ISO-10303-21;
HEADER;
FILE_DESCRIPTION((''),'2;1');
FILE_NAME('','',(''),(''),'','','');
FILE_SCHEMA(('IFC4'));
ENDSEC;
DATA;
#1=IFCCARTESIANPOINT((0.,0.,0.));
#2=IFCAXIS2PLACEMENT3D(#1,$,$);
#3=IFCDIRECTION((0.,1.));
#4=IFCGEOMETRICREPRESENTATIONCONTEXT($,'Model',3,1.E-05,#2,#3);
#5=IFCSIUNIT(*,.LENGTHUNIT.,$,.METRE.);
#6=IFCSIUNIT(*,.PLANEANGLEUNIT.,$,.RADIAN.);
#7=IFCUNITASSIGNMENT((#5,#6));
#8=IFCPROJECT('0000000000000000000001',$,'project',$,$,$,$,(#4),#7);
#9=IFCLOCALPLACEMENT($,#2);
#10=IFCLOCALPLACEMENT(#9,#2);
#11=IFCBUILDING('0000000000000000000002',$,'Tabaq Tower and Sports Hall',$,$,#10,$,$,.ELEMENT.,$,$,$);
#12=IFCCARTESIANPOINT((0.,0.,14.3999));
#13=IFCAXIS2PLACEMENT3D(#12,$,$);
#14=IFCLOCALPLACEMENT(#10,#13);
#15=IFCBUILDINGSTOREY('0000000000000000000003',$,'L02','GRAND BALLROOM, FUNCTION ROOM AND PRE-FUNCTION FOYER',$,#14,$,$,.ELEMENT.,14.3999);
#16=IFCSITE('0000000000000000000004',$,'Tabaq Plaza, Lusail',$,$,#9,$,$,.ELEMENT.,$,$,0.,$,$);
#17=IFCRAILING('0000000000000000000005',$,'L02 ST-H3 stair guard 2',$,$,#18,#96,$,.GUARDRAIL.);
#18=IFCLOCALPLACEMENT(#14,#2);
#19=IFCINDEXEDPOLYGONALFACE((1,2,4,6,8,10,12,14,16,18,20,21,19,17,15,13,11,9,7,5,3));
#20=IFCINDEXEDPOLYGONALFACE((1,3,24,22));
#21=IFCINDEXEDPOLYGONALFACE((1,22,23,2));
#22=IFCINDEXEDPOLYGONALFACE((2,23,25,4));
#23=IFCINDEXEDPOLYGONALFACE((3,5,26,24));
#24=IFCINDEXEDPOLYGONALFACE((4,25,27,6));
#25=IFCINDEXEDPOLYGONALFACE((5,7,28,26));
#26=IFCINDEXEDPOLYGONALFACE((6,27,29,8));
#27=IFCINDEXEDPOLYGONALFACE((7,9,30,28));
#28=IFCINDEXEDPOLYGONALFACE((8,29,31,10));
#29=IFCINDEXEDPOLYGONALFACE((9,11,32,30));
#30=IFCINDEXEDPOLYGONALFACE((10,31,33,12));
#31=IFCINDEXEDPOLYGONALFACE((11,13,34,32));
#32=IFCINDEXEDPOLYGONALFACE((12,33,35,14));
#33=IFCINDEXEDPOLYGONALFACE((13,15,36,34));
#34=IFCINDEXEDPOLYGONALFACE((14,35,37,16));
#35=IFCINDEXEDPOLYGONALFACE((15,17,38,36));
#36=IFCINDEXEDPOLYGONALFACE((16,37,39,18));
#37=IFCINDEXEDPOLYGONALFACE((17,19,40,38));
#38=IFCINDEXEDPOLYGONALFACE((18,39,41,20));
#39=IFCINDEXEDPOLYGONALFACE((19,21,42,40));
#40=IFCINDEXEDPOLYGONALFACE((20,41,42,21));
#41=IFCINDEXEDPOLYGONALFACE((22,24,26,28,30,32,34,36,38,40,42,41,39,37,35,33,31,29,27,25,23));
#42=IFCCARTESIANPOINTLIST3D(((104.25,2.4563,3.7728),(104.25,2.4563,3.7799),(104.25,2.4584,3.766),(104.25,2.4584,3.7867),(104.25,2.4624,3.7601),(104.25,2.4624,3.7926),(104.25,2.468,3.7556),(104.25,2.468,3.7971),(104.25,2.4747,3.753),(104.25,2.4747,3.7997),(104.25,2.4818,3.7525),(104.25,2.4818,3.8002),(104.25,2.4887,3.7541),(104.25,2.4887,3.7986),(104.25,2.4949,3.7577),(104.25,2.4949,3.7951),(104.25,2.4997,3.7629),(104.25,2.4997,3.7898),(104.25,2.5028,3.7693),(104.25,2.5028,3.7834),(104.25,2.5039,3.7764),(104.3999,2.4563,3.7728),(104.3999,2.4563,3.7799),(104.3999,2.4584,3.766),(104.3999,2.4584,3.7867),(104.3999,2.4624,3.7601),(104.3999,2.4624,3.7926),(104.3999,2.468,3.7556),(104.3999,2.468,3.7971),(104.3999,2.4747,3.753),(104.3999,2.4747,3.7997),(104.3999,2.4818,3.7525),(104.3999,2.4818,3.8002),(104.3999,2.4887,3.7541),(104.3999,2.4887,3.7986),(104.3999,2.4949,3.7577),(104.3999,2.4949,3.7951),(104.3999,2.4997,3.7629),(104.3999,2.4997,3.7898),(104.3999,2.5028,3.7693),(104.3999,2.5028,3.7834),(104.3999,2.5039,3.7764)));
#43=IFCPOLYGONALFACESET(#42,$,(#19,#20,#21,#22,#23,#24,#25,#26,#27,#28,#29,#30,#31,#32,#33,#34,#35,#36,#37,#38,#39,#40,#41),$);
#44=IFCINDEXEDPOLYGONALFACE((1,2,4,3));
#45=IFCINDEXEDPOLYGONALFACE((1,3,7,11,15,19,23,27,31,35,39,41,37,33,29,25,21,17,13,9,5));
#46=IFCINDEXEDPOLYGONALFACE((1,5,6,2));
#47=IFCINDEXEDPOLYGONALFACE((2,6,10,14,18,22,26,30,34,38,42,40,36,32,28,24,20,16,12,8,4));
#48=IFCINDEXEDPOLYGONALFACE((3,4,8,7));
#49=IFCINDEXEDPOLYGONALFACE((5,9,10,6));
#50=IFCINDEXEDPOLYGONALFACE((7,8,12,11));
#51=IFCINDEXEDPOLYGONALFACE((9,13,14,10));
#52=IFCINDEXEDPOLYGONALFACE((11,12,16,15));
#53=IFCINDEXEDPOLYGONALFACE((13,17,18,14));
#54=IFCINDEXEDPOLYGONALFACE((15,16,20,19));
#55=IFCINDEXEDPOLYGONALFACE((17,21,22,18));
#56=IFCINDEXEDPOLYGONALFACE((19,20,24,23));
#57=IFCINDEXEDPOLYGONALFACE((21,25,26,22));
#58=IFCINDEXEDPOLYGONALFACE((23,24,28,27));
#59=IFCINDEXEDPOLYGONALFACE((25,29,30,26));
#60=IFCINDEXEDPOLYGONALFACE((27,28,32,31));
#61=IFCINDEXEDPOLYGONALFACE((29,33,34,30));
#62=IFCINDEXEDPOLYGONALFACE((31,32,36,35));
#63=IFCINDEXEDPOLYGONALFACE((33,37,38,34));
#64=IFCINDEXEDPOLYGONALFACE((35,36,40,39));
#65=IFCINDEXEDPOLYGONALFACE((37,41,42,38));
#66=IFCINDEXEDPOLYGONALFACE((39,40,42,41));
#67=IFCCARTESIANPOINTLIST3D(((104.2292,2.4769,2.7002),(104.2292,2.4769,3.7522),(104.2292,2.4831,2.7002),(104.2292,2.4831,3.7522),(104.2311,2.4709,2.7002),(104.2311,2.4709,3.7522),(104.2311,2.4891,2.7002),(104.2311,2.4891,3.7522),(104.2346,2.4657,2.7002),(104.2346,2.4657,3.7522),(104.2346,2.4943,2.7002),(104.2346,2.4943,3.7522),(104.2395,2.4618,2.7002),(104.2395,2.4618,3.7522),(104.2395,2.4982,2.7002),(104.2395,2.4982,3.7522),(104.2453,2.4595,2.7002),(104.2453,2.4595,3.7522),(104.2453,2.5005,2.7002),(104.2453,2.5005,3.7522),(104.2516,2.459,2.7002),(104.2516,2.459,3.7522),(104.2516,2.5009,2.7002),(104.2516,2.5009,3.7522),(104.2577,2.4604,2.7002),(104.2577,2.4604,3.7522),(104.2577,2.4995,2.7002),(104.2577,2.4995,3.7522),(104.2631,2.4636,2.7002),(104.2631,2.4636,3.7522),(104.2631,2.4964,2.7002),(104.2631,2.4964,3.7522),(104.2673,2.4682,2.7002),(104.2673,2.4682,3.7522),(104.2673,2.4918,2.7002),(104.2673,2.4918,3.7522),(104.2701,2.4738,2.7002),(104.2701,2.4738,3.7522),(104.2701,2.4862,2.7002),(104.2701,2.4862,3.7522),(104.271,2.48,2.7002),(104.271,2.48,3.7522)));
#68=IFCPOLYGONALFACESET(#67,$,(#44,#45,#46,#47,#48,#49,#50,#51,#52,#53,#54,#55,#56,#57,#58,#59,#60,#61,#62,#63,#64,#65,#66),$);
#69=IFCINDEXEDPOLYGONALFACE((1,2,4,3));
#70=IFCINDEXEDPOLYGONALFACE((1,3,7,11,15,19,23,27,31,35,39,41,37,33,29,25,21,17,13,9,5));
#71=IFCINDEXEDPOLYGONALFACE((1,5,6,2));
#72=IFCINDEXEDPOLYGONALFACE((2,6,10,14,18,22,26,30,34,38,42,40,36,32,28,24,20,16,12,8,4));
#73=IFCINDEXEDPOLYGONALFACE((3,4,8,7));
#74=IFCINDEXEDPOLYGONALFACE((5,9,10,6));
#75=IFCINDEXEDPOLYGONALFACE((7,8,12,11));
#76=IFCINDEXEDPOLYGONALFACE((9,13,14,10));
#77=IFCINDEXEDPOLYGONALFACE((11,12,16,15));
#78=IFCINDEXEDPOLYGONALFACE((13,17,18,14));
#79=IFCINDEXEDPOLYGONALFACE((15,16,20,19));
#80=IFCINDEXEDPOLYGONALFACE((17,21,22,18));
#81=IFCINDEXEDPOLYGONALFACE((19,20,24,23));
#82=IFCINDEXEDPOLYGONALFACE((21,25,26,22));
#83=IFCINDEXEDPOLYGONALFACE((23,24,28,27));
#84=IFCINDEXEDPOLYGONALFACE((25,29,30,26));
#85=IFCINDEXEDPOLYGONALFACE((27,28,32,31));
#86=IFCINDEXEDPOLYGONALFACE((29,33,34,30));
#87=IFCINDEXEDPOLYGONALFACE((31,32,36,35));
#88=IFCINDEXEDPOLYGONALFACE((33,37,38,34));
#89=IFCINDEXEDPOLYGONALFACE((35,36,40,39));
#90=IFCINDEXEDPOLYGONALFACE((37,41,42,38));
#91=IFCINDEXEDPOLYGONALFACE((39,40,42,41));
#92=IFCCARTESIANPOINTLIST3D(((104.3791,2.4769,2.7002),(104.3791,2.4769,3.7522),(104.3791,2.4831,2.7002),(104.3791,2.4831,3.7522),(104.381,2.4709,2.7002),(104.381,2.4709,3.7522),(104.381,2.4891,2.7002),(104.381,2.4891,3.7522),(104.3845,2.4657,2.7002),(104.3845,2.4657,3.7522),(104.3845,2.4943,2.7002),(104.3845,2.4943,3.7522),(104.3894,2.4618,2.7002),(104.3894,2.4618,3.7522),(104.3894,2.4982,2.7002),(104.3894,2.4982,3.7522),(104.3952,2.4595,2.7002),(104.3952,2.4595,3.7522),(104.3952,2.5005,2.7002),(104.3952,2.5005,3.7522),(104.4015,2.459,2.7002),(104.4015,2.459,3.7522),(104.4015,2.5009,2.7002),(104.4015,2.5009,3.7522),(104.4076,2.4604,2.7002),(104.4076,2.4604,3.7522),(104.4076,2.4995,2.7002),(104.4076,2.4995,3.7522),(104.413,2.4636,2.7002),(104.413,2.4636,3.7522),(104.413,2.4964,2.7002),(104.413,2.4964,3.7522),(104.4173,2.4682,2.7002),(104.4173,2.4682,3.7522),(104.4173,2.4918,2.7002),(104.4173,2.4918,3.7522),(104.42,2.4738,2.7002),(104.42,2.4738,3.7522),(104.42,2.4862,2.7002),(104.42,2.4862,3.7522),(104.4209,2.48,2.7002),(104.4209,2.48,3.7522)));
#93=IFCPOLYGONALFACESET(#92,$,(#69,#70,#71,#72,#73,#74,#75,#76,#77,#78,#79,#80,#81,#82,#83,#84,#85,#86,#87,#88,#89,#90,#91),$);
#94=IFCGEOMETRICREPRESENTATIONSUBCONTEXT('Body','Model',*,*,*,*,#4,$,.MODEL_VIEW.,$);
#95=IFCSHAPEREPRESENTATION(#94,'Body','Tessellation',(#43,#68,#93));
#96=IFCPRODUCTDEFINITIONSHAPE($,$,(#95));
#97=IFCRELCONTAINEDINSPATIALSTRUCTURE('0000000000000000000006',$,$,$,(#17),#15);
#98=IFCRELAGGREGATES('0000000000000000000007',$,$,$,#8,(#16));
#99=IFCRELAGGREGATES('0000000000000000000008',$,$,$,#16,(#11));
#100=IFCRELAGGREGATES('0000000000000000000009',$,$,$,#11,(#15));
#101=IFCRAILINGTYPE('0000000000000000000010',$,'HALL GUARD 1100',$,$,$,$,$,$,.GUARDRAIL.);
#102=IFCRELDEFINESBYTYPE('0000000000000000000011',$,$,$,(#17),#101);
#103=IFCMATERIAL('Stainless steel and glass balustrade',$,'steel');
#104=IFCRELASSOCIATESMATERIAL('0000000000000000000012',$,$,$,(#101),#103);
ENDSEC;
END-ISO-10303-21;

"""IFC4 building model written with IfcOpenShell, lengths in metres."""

from ifc_helpers import new_model, si_unit, direction, frame, origin, origin_2d, place, context, subcontext, project, spatial, circle, extrude, material, type_object, element, save


model = new_model("IFC4")

# Units and contexts
model_context = context("Model", 3, precision=1e-05, world=origin(), true_north=direction((0.0, 1.0)))
body_context = subcontext(model_context, "Body", "Model", "MODEL_VIEW")
ifc_project = project(units=[si_unit("LENGTHUNIT", "METRE"), si_unit("PLANEANGLEUNIT", "RADIAN")], contexts=[model_context])

# Site, building, storey
site_placement = place(None, origin())
site = spatial("IfcSite", under=ifc_project, at=site_placement, Name="Tabaq Plaza, Lusail", CompositionType="ELEMENT", RefElevation=0.0)
building_placement = place(site_placement, origin())
building = spatial("IfcBuilding", under=site, at=building_placement, Name="Tabaq Tower and Sports Hall", CompositionType="ELEMENT")
storey_placement = place(building_placement, frame((0.0, 0.0, 14.3999)))
storey = spatial("IfcBuildingStorey", under=building, at=storey_placement, Name="L02", Description="GRAND BALLROOM, FUNCTION ROOM AND PRE-FUNCTION FOYER", CompositionType="ELEMENT", Elevation=14.3999)

# Railing
ifc_material_1 = material(Name="Stainless steel and glass balustrade", Category="steel")
railing_type_1 = type_object("IfcRailingType", Name="HALL GUARD 1100", PredefinedType="GUARDRAIL", material=ifc_material_1)
railing_1_placement = place(storey_placement, frame((104.25, 2.48, 2.7002)))
element("IfcRailing", 1, at=railing_1_placement, inside=storey, type_object=railing_type_1, Name="L02 ST-H3 stair guard 2", PredefinedType="GUARDRAIL", context=body_context, shape_type="SweptSolid", body=[
    extrude(circle(Radius=0.0239, at=origin_2d()), frame((0.0, 0.0, 1.0762), z_axis=(1.0, 0.0, 0.0), x_axis=(0.0, 1.0, 0.0)), (0.0, 0.0, 1.0), 0.1499),
    extrude(circle(Radius=0.021, at=origin_2d()), origin(), (0.0, 0.0, 1.0), 1.052),
    extrude(circle(Radius=0.021, at=origin_2d()), frame((0.1499, 0.0, 0.0)), (0.0, 0.0, 1.0), 1.052),
])

save(model, "model.ifc")
